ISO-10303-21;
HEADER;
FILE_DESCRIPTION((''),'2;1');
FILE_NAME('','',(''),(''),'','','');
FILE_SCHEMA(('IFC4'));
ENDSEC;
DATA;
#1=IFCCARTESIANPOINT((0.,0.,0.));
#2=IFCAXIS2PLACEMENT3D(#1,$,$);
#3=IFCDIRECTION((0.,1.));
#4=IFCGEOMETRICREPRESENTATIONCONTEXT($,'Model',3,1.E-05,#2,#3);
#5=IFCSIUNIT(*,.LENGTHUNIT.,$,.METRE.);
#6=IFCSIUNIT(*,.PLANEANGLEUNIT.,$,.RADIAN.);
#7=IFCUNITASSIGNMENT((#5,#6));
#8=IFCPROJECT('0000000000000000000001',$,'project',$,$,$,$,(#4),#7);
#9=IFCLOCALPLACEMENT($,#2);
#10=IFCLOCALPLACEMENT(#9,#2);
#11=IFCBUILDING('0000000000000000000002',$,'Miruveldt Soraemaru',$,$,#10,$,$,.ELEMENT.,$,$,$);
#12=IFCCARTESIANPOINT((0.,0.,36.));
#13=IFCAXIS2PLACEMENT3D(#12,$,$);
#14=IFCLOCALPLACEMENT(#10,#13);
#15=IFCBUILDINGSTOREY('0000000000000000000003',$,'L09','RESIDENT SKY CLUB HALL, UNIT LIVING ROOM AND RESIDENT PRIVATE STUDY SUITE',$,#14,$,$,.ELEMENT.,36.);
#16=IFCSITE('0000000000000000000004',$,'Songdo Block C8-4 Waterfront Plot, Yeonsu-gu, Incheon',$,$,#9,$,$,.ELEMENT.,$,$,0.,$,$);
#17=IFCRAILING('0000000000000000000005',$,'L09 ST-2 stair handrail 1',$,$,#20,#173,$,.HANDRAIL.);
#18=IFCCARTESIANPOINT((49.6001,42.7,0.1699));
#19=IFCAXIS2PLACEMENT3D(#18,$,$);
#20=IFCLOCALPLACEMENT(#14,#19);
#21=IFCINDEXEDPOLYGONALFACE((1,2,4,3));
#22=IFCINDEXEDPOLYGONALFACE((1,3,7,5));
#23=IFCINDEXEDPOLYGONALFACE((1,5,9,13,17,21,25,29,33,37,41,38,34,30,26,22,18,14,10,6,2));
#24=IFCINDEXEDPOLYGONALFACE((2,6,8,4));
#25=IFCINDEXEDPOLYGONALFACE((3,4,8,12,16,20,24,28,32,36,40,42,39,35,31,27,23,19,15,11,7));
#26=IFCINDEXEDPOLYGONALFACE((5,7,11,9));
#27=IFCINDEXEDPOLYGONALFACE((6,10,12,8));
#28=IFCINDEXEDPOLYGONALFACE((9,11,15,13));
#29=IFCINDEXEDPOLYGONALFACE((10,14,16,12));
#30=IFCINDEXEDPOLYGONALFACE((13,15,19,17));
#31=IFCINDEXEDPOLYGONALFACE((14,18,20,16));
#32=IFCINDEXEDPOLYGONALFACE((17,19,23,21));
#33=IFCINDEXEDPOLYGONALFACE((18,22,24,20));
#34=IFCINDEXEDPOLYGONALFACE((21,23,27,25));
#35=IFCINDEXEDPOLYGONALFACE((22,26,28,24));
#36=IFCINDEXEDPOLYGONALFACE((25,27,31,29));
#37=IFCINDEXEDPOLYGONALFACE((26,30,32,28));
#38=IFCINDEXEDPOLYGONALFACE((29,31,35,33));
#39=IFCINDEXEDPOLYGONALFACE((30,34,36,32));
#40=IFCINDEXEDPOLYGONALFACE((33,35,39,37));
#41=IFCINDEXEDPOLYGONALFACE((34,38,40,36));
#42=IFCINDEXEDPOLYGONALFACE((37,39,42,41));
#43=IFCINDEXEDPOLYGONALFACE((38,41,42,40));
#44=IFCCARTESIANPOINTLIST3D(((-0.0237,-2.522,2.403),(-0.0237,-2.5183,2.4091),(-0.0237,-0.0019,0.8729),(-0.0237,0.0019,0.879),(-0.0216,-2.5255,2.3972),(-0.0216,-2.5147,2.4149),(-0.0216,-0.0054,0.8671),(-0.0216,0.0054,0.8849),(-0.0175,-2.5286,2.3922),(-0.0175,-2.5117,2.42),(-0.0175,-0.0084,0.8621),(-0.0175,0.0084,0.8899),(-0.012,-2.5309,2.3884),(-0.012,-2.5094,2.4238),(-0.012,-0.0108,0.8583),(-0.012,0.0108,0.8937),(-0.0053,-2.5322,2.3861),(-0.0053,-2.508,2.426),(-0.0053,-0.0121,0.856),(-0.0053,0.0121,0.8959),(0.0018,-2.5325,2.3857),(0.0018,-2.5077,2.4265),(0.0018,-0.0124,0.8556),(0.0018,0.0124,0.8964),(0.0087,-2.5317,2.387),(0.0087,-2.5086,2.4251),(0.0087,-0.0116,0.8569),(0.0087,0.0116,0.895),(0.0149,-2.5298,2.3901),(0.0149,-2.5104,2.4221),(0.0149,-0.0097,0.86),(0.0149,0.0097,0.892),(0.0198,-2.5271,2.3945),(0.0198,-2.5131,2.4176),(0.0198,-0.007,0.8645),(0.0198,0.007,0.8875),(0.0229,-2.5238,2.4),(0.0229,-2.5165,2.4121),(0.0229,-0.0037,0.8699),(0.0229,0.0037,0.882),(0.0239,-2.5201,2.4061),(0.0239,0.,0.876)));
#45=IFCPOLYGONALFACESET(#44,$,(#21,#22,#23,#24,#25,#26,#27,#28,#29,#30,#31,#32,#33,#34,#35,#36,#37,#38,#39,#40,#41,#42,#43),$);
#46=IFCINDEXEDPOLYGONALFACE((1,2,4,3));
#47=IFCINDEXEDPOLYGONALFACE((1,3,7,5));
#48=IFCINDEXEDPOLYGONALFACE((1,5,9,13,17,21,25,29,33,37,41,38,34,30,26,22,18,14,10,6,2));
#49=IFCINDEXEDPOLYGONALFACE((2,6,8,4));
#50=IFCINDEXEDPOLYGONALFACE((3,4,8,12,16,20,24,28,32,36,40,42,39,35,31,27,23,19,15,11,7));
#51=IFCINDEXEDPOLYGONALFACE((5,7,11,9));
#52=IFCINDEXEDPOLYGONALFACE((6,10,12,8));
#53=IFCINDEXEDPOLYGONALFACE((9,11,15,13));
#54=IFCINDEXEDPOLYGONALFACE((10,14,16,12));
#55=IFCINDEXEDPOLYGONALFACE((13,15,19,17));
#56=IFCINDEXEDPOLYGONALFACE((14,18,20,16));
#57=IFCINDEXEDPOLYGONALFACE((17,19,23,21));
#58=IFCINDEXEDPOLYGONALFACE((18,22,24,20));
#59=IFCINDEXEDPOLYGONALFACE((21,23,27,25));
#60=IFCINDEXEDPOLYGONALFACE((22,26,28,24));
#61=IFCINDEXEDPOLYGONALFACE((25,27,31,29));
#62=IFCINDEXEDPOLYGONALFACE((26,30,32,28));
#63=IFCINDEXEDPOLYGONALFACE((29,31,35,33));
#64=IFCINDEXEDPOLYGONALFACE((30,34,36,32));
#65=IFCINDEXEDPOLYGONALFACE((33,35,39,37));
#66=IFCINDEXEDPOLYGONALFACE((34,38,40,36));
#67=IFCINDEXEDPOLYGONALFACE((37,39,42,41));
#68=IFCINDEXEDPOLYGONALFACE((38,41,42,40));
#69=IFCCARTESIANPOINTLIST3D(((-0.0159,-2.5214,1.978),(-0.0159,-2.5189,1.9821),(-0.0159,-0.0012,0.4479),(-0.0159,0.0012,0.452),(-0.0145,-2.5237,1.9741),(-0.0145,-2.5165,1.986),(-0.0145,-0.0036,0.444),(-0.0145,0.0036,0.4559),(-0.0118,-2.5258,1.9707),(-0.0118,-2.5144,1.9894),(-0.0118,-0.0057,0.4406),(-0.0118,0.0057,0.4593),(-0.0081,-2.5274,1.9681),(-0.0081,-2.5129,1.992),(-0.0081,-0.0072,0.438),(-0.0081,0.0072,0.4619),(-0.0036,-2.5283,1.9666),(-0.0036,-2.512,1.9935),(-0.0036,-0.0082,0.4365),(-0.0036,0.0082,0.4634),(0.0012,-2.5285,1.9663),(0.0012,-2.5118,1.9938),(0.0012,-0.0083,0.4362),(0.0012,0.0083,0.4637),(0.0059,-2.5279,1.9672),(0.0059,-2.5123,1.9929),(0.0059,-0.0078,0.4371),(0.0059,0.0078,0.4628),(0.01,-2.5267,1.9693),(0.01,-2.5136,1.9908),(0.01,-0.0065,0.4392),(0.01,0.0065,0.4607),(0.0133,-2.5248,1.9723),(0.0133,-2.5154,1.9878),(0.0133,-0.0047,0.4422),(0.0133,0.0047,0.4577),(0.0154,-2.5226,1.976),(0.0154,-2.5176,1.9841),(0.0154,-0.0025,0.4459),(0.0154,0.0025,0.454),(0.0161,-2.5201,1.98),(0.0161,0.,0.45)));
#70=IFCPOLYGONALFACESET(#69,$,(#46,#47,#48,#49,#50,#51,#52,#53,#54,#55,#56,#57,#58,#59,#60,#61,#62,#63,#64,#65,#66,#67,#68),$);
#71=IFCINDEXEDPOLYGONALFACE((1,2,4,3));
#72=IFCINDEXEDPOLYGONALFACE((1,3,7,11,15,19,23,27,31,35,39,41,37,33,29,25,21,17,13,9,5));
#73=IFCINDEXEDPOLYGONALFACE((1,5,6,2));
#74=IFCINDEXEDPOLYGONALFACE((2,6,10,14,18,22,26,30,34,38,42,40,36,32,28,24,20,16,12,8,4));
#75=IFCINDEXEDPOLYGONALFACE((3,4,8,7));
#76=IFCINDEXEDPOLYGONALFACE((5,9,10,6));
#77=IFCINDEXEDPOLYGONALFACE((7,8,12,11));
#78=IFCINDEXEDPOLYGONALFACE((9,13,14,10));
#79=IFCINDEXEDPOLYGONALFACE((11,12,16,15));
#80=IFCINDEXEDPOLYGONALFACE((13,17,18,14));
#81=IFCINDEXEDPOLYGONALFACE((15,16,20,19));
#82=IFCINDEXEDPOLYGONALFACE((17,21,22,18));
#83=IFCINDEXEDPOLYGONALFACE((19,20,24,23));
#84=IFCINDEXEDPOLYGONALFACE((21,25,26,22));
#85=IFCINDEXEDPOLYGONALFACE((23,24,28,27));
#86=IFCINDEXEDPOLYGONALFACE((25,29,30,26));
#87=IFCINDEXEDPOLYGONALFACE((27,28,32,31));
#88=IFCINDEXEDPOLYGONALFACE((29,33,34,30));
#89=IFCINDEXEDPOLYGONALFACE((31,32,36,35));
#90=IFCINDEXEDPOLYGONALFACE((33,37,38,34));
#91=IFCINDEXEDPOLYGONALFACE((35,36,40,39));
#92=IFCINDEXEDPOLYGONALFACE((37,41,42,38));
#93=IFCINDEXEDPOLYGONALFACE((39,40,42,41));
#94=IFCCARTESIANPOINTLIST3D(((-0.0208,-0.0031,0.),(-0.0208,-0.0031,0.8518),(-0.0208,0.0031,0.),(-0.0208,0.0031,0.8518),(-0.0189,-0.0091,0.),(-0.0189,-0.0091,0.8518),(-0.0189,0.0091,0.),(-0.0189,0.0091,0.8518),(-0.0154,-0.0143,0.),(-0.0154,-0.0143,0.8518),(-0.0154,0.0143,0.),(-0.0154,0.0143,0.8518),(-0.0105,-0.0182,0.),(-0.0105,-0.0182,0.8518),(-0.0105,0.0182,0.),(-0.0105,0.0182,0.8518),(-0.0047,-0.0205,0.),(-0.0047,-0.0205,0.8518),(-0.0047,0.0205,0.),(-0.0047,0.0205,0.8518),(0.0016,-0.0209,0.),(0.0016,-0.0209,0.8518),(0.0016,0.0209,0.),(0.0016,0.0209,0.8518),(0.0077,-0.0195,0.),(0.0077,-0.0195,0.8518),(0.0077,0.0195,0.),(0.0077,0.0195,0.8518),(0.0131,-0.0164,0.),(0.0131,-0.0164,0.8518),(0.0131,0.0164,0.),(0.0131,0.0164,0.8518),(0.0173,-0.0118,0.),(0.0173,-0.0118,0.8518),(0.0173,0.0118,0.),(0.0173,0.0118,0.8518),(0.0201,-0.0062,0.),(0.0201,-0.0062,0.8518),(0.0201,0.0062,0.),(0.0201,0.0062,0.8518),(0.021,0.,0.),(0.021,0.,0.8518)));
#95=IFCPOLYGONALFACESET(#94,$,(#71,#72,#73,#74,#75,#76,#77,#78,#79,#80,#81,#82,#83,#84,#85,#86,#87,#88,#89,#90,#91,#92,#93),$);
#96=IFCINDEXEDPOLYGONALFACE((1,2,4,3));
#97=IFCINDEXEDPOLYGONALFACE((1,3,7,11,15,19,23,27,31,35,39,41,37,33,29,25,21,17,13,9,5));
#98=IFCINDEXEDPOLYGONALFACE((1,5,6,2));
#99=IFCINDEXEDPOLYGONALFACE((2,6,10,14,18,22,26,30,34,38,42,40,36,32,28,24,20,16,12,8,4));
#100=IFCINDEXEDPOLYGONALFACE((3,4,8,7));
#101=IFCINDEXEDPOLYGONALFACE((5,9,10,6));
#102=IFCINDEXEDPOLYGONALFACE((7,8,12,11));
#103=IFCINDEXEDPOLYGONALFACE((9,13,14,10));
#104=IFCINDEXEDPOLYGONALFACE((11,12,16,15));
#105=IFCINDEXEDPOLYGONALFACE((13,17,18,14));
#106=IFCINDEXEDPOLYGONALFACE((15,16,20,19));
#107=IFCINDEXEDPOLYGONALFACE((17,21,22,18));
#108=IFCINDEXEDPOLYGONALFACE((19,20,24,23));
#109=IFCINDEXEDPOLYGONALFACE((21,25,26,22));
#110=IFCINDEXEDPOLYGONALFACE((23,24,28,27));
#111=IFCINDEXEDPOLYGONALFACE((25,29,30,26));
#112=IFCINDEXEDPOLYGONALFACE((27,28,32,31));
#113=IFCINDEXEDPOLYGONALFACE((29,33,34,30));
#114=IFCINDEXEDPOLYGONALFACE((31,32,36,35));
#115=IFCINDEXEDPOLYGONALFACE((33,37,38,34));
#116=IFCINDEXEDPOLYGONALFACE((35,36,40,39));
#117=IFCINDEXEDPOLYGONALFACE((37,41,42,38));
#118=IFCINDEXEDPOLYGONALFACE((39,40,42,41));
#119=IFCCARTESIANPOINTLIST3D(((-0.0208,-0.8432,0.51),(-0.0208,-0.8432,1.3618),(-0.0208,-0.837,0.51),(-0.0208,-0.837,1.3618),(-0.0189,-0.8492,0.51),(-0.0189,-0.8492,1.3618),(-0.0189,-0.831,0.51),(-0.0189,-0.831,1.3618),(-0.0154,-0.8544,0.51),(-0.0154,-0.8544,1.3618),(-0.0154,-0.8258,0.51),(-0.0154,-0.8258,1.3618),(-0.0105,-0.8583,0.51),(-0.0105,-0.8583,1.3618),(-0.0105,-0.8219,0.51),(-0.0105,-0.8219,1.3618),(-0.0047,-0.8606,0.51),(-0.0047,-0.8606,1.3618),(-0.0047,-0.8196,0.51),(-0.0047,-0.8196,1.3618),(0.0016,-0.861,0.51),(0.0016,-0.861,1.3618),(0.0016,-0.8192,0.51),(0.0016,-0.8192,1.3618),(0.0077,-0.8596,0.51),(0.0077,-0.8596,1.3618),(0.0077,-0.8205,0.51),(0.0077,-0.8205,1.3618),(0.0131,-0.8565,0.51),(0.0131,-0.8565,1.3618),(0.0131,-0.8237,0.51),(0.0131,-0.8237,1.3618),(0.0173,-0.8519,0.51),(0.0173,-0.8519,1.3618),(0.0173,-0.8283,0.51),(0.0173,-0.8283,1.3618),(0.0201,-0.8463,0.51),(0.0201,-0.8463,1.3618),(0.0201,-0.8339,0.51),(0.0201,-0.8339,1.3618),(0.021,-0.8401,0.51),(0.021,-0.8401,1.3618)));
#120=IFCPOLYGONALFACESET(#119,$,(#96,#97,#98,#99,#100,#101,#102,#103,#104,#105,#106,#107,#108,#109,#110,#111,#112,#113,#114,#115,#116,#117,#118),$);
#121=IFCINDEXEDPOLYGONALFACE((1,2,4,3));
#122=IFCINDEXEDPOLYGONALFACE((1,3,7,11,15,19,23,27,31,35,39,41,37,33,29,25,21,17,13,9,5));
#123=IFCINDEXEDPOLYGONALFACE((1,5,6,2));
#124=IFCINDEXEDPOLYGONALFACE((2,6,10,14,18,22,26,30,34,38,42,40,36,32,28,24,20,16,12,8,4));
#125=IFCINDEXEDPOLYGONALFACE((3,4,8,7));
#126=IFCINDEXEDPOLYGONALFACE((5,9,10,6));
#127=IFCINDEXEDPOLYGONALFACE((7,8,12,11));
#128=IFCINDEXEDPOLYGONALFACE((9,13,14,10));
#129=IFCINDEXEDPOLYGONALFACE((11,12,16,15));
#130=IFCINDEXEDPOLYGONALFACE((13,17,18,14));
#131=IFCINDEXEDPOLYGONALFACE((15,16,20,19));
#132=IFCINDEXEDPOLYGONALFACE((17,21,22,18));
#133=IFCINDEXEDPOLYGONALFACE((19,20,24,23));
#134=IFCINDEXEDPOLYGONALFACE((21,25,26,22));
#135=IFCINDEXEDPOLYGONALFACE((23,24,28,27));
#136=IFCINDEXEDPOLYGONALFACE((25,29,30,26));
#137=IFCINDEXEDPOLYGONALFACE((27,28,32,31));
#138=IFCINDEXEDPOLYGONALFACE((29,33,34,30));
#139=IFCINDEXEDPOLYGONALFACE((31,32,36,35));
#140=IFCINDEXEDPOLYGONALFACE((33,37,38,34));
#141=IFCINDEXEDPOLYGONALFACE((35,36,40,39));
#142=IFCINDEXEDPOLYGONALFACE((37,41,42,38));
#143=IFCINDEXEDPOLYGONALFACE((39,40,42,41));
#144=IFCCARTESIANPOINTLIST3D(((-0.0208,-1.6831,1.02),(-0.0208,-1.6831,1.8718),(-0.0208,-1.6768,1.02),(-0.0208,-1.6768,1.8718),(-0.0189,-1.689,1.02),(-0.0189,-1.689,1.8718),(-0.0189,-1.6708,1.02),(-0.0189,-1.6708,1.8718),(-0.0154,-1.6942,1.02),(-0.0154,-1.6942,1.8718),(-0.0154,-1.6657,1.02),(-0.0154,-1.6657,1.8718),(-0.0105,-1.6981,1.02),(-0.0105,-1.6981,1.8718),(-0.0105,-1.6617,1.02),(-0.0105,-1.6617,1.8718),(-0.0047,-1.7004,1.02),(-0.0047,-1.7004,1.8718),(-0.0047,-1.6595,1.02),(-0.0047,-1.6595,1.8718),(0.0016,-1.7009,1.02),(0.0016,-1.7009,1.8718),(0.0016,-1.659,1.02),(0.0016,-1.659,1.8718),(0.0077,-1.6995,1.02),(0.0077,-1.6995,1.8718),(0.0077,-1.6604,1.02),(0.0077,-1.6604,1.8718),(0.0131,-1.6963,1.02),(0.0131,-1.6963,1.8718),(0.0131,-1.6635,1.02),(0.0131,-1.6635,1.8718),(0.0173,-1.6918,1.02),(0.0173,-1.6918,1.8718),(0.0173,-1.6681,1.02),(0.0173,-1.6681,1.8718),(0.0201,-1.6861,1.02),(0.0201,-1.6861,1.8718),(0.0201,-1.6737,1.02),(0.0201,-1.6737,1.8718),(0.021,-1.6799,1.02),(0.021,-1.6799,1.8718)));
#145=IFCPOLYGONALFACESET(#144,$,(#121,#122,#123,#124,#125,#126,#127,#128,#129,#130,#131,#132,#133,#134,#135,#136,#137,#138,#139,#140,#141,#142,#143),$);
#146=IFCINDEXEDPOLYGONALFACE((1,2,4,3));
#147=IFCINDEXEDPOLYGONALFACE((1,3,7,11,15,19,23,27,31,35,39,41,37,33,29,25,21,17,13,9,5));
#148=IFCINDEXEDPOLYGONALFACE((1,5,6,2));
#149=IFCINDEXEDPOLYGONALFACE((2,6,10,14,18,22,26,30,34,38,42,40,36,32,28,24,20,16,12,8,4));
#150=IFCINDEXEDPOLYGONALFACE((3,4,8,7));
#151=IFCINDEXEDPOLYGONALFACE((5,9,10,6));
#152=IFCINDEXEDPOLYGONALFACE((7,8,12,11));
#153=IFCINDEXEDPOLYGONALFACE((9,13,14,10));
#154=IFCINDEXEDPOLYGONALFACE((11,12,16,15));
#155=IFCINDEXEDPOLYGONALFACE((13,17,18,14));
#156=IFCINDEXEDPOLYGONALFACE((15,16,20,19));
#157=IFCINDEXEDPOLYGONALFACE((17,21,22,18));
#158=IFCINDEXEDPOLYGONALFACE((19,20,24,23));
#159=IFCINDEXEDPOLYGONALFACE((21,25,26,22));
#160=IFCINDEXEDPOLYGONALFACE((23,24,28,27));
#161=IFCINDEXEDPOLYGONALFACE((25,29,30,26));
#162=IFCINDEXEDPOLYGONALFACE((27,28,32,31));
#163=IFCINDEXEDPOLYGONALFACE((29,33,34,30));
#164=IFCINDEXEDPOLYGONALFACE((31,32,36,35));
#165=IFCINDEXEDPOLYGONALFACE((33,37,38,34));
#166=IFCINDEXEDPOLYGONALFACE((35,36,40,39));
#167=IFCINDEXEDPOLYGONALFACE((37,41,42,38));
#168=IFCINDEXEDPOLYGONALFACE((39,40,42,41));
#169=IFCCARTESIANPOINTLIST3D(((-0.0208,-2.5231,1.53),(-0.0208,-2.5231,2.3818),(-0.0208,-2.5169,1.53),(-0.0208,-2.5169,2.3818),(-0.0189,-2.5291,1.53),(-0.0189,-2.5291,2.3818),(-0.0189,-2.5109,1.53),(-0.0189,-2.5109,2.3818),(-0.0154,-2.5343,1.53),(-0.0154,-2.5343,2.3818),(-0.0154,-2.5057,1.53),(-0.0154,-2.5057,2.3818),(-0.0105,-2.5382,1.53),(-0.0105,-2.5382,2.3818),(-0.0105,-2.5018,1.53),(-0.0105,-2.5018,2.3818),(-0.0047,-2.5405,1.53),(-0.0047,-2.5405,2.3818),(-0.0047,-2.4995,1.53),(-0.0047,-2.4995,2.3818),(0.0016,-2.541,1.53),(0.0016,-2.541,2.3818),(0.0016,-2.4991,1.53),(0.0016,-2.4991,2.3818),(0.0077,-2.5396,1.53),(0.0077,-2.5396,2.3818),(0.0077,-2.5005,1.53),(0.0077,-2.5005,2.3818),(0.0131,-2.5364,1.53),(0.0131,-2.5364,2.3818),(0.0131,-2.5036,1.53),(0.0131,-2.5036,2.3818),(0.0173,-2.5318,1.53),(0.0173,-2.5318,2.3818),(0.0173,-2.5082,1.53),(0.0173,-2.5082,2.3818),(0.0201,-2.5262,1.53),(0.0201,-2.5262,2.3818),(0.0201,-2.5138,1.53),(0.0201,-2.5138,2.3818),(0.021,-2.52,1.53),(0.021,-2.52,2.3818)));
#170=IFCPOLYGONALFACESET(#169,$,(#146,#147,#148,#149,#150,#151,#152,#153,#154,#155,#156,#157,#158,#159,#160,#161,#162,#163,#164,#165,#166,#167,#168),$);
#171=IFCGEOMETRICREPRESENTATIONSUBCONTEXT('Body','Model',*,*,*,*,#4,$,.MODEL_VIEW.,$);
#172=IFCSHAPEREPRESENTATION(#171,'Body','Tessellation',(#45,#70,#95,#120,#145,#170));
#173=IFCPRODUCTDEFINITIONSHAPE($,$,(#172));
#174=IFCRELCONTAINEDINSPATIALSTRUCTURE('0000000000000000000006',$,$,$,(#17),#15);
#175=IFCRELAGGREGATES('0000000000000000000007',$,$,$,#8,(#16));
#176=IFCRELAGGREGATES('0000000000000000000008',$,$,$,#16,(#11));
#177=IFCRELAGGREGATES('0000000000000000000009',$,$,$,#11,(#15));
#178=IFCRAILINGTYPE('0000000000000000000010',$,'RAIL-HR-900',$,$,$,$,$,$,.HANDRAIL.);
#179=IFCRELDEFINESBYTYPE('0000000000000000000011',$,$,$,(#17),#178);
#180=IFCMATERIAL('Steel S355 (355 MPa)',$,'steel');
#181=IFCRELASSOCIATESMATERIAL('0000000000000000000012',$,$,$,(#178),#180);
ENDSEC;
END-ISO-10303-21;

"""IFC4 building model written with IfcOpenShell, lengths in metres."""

from ifc_helpers import new_model, si_unit, direction, frame, origin, origin_2d, place, context, subcontext, project, spatial, circle, extrude, material, type_object, element, save


model = new_model("IFC4")

# Units and contexts
model_context = context("Model", 3, precision=1e-05, world=origin(), true_north=direction((0.0, 1.0)))
body_context = subcontext(model_context, "Body", "Model", "MODEL_VIEW")
ifc_project = project(units=[si_unit("LENGTHUNIT", "METRE"), si_unit("PLANEANGLEUNIT", "RADIAN")], contexts=[model_context])

# Site, building, storey
site_placement = place(None, origin())
site = spatial("IfcSite", under=ifc_project, at=site_placement, Name="Songdo Block C8-4 Waterfront Plot, Yeonsu-gu, Incheon", CompositionType="ELEMENT", RefElevation=0.0)
building_placement = place(site_placement, origin())
building = spatial("IfcBuilding", under=site, at=building_placement, Name="Miruveldt Soraemaru", CompositionType="ELEMENT")
storey_placement = place(building_placement, frame((0.0, 0.0, 36.0)))
storey = spatial("IfcBuildingStorey", under=building, at=storey_placement, Name="L09", Description="RESIDENT SKY CLUB HALL, UNIT LIVING ROOM AND RESIDENT PRIVATE STUDY SUITE", CompositionType="ELEMENT", Elevation=36.0)

# Railing
ifc_material_1 = material(Name="Steel S355 (355 MPa)", Category="steel")
railing_type_1 = type_object("IfcRailingType", Name="RAIL-HR-900", PredefinedType="HANDRAIL", material=ifc_material_1)
railing_1_placement = place(storey_placement, frame((49.6001, 42.7, 0.1699)))
element("IfcRailing", 1, at=railing_1_placement, inside=storey, type_object=railing_type_1, Name="L09 ST-2 stair handrail 1", PredefinedType="HANDRAIL", context=body_context, shape_type="SweptSolid", body=[
    extrude(circle(Radius=0.0239, at=origin_2d()), frame((0.0, 0.0, 0.876), z_axis=(0.0, -0.854785, 0.518982), x_axis=(1.0, 0.0, 0.0)), (0.0, 0.0, 1.0), 2.9482),
    extrude(circle(Radius=0.0161, at=origin_2d()), frame((0.0, 0.0, 0.45), z_axis=(0.0, -0.854785, 0.518982), x_axis=(1.0, 0.0, 0.0)), (0.0, 0.0, 1.0), 2.9482),
    extrude(circle(Radius=0.021, at=origin_2d()), origin(), (0.0, 0.0, 1.0), 0.8518),
    extrude(circle(Radius=0.021, at=origin_2d()), frame((0.0, -0.8401, 0.51)), (0.0, 0.0, 1.0), 0.8518),
    extrude(circle(Radius=0.021, at=origin_2d()), frame((0.0, -1.6799, 1.02)), (0.0, 0.0, 1.0), 0.8518),
    extrude(circle(Radius=0.021, at=origin_2d()), frame((0.0, -2.52, 1.53)), (0.0, 0.0, 1.0), 0.8518),
])

save(model, "model.ifc")
